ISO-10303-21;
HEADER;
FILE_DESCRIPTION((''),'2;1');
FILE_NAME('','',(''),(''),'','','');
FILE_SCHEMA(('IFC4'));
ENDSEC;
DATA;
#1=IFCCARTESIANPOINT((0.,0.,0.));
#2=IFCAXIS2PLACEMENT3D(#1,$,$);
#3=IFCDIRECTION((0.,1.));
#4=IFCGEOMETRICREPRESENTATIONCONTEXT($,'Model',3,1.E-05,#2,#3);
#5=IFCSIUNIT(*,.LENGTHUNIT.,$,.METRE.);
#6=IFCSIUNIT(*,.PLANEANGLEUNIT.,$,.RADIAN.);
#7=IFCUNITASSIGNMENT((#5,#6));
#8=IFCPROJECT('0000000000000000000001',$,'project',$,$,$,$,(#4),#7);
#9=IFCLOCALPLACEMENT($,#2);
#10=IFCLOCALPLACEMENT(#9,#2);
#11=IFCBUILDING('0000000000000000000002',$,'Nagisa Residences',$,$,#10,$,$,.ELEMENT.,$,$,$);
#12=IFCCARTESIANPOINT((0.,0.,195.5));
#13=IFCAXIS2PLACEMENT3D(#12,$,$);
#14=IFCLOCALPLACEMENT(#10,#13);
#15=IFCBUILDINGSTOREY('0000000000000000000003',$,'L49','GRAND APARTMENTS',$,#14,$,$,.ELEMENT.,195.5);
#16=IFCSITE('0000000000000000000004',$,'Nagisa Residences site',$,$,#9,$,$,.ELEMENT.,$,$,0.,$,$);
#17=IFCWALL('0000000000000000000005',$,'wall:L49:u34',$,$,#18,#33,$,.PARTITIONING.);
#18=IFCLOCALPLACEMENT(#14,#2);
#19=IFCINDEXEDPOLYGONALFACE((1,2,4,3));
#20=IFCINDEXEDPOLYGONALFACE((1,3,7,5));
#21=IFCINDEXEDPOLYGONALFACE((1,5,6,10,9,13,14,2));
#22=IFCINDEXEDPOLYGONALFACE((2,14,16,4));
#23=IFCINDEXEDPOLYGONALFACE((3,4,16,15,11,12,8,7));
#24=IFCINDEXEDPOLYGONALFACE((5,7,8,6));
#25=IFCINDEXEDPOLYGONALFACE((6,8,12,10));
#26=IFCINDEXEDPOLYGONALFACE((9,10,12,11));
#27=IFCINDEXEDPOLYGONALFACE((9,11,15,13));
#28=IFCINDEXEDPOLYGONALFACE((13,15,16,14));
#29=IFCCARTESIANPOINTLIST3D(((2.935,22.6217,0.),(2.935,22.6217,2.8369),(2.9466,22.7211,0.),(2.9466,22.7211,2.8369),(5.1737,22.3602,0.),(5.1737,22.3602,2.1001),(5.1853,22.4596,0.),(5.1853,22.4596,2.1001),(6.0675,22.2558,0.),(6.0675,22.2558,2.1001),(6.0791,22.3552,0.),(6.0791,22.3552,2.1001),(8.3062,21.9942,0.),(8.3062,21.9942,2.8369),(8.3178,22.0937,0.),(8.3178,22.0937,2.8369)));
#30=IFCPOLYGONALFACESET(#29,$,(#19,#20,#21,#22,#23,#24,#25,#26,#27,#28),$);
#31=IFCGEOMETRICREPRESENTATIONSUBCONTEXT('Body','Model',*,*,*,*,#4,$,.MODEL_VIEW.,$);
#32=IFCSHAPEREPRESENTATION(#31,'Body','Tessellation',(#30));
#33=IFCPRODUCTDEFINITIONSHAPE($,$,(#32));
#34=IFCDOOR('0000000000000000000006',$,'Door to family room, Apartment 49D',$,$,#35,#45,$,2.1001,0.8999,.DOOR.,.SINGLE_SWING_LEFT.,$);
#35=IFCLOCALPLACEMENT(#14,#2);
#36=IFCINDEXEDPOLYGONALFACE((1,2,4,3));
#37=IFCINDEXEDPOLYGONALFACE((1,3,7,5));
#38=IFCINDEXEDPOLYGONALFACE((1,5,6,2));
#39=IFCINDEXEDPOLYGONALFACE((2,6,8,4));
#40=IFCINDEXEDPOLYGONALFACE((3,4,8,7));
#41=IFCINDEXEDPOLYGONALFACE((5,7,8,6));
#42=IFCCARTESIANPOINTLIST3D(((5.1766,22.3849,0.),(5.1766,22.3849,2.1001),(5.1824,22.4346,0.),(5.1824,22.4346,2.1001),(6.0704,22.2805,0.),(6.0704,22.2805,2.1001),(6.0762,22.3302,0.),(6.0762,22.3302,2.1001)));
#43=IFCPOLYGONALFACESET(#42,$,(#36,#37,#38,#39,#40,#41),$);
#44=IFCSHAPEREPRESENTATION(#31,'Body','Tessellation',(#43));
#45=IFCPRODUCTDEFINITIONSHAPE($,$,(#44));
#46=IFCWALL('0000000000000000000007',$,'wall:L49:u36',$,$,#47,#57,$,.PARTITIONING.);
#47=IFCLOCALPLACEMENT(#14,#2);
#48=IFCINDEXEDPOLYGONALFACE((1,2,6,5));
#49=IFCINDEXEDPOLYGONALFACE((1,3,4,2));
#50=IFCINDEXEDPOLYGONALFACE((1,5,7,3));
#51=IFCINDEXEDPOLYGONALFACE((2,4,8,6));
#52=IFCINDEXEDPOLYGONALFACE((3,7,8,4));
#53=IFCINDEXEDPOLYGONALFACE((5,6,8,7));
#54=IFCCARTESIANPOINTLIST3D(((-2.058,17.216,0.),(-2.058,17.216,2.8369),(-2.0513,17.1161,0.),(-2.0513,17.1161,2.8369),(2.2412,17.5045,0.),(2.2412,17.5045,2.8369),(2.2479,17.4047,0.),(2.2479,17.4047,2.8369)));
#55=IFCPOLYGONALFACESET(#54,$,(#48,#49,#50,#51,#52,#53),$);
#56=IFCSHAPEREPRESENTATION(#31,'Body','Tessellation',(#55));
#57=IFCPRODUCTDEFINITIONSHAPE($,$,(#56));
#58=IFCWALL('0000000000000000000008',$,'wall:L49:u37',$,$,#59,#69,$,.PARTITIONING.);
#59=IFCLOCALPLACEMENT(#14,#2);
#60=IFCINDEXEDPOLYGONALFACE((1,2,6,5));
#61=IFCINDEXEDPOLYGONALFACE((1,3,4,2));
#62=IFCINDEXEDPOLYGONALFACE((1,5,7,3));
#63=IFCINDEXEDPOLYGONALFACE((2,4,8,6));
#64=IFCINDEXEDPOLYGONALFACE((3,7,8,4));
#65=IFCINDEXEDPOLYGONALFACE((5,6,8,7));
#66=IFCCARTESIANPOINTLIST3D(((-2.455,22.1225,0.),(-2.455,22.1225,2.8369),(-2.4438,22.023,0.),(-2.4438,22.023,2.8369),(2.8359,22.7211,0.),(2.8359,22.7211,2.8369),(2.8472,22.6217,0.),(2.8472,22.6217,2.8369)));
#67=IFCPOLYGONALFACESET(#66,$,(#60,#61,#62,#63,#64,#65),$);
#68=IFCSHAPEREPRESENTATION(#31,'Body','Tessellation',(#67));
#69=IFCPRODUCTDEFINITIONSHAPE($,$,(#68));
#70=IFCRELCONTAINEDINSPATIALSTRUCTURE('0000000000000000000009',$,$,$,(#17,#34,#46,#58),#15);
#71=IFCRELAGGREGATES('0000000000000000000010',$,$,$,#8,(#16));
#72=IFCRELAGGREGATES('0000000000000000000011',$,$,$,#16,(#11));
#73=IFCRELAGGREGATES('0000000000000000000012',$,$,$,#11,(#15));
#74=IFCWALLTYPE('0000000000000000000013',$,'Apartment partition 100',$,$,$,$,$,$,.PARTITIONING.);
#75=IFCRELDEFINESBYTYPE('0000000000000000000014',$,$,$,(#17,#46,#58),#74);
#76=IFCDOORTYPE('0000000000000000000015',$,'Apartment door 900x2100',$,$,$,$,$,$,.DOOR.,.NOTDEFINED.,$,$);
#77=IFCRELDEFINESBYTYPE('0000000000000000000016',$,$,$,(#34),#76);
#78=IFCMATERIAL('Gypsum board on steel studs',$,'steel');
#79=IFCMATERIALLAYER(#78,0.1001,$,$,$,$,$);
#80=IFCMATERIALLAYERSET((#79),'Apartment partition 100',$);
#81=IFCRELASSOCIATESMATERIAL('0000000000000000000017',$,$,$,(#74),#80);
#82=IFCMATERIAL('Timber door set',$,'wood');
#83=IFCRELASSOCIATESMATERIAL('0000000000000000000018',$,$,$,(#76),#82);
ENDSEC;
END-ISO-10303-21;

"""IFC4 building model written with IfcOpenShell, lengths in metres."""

from ifc_helpers import new_model, si_unit, direction, frame, frame_2d, origin, place, context, subcontext, project, spatial, rectangle, extrude, material, layer, layer_set, type_object, element, fill, save


model = new_model("IFC4")

# Units and contexts
model_context = context("Model", 3, precision=1e-05, world=origin(), true_north=direction((0.0, 1.0)))
body_context = subcontext(model_context, "Body", "Model", "MODEL_VIEW")
ifc_project = project(units=[si_unit("LENGTHUNIT", "METRE"), si_unit("PLANEANGLEUNIT", "RADIAN")], contexts=[model_context])

# Site, building, storey
site_placement = place(None, origin())
site = spatial("IfcSite", under=ifc_project, at=site_placement, Name="Nagisa Residences site", CompositionType="ELEMENT", RefElevation=0.0)
building_placement = place(site_placement, origin())
building = spatial("IfcBuilding", under=site, at=building_placement, Name="Nagisa Residences", CompositionType="ELEMENT")
storey_placement = place(building_placement, frame((0.0, 0.0, 195.5)))
storey = spatial("IfcBuildingStorey", under=building, at=storey_placement, Name="L49", Description="GRAND APARTMENTS", CompositionType="ELEMENT", Elevation=195.5)

# Shared definitions
ifc_material_1 = material(Name="Gypsum board on steel studs", Category="steel")
ifc_layer_1 = layer(ifc_material_1, 0.1001)
ifc_layer_set_1 = layer_set([ifc_layer_1], Name="Apartment partition 100")
wall_type = type_object("IfcWallType", Name="Apartment partition 100", PredefinedType="PARTITIONING", material=ifc_layer_set_1)

# Shared definitions
ifc_material_2 = material(Name="Timber door set", Category="wood")
door_type = type_object("IfcDoorType", Name="Apartment door 900x2100", OperationType="NOTDEFINED", PredefinedType="DOOR", material=ifc_material_2)

# Wall, opening, door
wall_1_placement = place(storey_placement, frame((8.312, 22.0439, 0.0), z_axis=(0.0, 0.0, 1.0), x_axis=(-0.993246, 0.116029, 0.0)))
wall_1 = element("IfcWall", 1, at=wall_1_placement, inside=storey, type_object=wall_type, Name="wall:L49:u34", PredefinedType="PARTITIONING", context=body_context, shape_type="SweptSolid", body=[
    extrude(rectangle(XDim=5.4077, YDim=0.1001, at=frame_2d((2.7039, 0.0))), origin(), (0.0, 0.0, 1.0), 2.8369),
])
opening_1_placement = place(wall_1_placement, frame((2.2539, 0.0, 0.0)))
opening_1 = element("IfcOpeningElement", 2, at=opening_1_placement, cuts=wall_1, PredefinedType="OPENING", context=body_context, shape_type="SweptSolid", body=[
    extrude(rectangle(XDim=0.8999, YDim=2.1001, at=frame_2d((0.45, 1.05))), frame((0.0, 0.0601, 0.0), z_axis=(0.0, -1.0, 0.0), x_axis=(1.0, 0.0, 0.0)), (0.0, 0.0, 1.0), 0.1201),
])
door_1_placement = place(opening_1_placement, frame((0.8999, 0.0, 0.0), x_axis=(-1.0, 0.0, 0.0)))
door_1 = element("IfcDoor", 3, at=door_1_placement, inside=storey, type_object=door_type, Name="Door to family room, Apartment 49D", OperationType="SINGLE_SWING_LEFT", OverallHeight=2.1001, OverallWidth=0.8999, PredefinedType="DOOR", context=body_context, shape_type="SweptSolid", body=[
    extrude(rectangle(XDim=0.8999, YDim=2.1001, at=frame_2d((0.45, 1.05))), frame((0.0, 0.0249, 0.0), z_axis=(0.0, -1.0, 0.0), x_axis=(1.0, 0.0, 0.0)), (0.0, 0.0, 1.0), 0.05),
])
fill(opening_1, door_1)

# Walls
wall_2_placement = place(storey_placement, frame((2.2444, 17.4546, 0.0), z_axis=(0.0, 0.0, 1.0), x_axis=(-0.997755, -0.066974, 0.0)))
element("IfcWall", 4, at=wall_2_placement, inside=storey, type_object=wall_type, Name="wall:L49:u36", PredefinedType="PARTITIONING", context=body_context, shape_type="SweptSolid", body=[
    extrude(rectangle(XDim=4.3088, YDim=0.1001, at=frame_2d((2.1543, 0.0))), origin(), (0.0, 0.0, 1.0), 2.8369),
])
wall_3_placement = place(storey_placement, frame((2.8416, 22.6714, 0.0), z_axis=(0.0, 0.0, 1.0), x_axis=(-0.99366, -0.112424, 0.0)))
element("IfcWall", 5, at=wall_3_placement, inside=storey, type_object=wall_type, Name="wall:L49:u37", PredefinedType="PARTITIONING", context=body_context, shape_type="SweptSolid", body=[
    extrude(rectangle(XDim=5.3247, YDim=0.1001, at=frame_2d((2.6624, 0.0))), origin(), (0.0, 0.0, 1.0), 2.8369),
])

save(model, "model.ifc")
